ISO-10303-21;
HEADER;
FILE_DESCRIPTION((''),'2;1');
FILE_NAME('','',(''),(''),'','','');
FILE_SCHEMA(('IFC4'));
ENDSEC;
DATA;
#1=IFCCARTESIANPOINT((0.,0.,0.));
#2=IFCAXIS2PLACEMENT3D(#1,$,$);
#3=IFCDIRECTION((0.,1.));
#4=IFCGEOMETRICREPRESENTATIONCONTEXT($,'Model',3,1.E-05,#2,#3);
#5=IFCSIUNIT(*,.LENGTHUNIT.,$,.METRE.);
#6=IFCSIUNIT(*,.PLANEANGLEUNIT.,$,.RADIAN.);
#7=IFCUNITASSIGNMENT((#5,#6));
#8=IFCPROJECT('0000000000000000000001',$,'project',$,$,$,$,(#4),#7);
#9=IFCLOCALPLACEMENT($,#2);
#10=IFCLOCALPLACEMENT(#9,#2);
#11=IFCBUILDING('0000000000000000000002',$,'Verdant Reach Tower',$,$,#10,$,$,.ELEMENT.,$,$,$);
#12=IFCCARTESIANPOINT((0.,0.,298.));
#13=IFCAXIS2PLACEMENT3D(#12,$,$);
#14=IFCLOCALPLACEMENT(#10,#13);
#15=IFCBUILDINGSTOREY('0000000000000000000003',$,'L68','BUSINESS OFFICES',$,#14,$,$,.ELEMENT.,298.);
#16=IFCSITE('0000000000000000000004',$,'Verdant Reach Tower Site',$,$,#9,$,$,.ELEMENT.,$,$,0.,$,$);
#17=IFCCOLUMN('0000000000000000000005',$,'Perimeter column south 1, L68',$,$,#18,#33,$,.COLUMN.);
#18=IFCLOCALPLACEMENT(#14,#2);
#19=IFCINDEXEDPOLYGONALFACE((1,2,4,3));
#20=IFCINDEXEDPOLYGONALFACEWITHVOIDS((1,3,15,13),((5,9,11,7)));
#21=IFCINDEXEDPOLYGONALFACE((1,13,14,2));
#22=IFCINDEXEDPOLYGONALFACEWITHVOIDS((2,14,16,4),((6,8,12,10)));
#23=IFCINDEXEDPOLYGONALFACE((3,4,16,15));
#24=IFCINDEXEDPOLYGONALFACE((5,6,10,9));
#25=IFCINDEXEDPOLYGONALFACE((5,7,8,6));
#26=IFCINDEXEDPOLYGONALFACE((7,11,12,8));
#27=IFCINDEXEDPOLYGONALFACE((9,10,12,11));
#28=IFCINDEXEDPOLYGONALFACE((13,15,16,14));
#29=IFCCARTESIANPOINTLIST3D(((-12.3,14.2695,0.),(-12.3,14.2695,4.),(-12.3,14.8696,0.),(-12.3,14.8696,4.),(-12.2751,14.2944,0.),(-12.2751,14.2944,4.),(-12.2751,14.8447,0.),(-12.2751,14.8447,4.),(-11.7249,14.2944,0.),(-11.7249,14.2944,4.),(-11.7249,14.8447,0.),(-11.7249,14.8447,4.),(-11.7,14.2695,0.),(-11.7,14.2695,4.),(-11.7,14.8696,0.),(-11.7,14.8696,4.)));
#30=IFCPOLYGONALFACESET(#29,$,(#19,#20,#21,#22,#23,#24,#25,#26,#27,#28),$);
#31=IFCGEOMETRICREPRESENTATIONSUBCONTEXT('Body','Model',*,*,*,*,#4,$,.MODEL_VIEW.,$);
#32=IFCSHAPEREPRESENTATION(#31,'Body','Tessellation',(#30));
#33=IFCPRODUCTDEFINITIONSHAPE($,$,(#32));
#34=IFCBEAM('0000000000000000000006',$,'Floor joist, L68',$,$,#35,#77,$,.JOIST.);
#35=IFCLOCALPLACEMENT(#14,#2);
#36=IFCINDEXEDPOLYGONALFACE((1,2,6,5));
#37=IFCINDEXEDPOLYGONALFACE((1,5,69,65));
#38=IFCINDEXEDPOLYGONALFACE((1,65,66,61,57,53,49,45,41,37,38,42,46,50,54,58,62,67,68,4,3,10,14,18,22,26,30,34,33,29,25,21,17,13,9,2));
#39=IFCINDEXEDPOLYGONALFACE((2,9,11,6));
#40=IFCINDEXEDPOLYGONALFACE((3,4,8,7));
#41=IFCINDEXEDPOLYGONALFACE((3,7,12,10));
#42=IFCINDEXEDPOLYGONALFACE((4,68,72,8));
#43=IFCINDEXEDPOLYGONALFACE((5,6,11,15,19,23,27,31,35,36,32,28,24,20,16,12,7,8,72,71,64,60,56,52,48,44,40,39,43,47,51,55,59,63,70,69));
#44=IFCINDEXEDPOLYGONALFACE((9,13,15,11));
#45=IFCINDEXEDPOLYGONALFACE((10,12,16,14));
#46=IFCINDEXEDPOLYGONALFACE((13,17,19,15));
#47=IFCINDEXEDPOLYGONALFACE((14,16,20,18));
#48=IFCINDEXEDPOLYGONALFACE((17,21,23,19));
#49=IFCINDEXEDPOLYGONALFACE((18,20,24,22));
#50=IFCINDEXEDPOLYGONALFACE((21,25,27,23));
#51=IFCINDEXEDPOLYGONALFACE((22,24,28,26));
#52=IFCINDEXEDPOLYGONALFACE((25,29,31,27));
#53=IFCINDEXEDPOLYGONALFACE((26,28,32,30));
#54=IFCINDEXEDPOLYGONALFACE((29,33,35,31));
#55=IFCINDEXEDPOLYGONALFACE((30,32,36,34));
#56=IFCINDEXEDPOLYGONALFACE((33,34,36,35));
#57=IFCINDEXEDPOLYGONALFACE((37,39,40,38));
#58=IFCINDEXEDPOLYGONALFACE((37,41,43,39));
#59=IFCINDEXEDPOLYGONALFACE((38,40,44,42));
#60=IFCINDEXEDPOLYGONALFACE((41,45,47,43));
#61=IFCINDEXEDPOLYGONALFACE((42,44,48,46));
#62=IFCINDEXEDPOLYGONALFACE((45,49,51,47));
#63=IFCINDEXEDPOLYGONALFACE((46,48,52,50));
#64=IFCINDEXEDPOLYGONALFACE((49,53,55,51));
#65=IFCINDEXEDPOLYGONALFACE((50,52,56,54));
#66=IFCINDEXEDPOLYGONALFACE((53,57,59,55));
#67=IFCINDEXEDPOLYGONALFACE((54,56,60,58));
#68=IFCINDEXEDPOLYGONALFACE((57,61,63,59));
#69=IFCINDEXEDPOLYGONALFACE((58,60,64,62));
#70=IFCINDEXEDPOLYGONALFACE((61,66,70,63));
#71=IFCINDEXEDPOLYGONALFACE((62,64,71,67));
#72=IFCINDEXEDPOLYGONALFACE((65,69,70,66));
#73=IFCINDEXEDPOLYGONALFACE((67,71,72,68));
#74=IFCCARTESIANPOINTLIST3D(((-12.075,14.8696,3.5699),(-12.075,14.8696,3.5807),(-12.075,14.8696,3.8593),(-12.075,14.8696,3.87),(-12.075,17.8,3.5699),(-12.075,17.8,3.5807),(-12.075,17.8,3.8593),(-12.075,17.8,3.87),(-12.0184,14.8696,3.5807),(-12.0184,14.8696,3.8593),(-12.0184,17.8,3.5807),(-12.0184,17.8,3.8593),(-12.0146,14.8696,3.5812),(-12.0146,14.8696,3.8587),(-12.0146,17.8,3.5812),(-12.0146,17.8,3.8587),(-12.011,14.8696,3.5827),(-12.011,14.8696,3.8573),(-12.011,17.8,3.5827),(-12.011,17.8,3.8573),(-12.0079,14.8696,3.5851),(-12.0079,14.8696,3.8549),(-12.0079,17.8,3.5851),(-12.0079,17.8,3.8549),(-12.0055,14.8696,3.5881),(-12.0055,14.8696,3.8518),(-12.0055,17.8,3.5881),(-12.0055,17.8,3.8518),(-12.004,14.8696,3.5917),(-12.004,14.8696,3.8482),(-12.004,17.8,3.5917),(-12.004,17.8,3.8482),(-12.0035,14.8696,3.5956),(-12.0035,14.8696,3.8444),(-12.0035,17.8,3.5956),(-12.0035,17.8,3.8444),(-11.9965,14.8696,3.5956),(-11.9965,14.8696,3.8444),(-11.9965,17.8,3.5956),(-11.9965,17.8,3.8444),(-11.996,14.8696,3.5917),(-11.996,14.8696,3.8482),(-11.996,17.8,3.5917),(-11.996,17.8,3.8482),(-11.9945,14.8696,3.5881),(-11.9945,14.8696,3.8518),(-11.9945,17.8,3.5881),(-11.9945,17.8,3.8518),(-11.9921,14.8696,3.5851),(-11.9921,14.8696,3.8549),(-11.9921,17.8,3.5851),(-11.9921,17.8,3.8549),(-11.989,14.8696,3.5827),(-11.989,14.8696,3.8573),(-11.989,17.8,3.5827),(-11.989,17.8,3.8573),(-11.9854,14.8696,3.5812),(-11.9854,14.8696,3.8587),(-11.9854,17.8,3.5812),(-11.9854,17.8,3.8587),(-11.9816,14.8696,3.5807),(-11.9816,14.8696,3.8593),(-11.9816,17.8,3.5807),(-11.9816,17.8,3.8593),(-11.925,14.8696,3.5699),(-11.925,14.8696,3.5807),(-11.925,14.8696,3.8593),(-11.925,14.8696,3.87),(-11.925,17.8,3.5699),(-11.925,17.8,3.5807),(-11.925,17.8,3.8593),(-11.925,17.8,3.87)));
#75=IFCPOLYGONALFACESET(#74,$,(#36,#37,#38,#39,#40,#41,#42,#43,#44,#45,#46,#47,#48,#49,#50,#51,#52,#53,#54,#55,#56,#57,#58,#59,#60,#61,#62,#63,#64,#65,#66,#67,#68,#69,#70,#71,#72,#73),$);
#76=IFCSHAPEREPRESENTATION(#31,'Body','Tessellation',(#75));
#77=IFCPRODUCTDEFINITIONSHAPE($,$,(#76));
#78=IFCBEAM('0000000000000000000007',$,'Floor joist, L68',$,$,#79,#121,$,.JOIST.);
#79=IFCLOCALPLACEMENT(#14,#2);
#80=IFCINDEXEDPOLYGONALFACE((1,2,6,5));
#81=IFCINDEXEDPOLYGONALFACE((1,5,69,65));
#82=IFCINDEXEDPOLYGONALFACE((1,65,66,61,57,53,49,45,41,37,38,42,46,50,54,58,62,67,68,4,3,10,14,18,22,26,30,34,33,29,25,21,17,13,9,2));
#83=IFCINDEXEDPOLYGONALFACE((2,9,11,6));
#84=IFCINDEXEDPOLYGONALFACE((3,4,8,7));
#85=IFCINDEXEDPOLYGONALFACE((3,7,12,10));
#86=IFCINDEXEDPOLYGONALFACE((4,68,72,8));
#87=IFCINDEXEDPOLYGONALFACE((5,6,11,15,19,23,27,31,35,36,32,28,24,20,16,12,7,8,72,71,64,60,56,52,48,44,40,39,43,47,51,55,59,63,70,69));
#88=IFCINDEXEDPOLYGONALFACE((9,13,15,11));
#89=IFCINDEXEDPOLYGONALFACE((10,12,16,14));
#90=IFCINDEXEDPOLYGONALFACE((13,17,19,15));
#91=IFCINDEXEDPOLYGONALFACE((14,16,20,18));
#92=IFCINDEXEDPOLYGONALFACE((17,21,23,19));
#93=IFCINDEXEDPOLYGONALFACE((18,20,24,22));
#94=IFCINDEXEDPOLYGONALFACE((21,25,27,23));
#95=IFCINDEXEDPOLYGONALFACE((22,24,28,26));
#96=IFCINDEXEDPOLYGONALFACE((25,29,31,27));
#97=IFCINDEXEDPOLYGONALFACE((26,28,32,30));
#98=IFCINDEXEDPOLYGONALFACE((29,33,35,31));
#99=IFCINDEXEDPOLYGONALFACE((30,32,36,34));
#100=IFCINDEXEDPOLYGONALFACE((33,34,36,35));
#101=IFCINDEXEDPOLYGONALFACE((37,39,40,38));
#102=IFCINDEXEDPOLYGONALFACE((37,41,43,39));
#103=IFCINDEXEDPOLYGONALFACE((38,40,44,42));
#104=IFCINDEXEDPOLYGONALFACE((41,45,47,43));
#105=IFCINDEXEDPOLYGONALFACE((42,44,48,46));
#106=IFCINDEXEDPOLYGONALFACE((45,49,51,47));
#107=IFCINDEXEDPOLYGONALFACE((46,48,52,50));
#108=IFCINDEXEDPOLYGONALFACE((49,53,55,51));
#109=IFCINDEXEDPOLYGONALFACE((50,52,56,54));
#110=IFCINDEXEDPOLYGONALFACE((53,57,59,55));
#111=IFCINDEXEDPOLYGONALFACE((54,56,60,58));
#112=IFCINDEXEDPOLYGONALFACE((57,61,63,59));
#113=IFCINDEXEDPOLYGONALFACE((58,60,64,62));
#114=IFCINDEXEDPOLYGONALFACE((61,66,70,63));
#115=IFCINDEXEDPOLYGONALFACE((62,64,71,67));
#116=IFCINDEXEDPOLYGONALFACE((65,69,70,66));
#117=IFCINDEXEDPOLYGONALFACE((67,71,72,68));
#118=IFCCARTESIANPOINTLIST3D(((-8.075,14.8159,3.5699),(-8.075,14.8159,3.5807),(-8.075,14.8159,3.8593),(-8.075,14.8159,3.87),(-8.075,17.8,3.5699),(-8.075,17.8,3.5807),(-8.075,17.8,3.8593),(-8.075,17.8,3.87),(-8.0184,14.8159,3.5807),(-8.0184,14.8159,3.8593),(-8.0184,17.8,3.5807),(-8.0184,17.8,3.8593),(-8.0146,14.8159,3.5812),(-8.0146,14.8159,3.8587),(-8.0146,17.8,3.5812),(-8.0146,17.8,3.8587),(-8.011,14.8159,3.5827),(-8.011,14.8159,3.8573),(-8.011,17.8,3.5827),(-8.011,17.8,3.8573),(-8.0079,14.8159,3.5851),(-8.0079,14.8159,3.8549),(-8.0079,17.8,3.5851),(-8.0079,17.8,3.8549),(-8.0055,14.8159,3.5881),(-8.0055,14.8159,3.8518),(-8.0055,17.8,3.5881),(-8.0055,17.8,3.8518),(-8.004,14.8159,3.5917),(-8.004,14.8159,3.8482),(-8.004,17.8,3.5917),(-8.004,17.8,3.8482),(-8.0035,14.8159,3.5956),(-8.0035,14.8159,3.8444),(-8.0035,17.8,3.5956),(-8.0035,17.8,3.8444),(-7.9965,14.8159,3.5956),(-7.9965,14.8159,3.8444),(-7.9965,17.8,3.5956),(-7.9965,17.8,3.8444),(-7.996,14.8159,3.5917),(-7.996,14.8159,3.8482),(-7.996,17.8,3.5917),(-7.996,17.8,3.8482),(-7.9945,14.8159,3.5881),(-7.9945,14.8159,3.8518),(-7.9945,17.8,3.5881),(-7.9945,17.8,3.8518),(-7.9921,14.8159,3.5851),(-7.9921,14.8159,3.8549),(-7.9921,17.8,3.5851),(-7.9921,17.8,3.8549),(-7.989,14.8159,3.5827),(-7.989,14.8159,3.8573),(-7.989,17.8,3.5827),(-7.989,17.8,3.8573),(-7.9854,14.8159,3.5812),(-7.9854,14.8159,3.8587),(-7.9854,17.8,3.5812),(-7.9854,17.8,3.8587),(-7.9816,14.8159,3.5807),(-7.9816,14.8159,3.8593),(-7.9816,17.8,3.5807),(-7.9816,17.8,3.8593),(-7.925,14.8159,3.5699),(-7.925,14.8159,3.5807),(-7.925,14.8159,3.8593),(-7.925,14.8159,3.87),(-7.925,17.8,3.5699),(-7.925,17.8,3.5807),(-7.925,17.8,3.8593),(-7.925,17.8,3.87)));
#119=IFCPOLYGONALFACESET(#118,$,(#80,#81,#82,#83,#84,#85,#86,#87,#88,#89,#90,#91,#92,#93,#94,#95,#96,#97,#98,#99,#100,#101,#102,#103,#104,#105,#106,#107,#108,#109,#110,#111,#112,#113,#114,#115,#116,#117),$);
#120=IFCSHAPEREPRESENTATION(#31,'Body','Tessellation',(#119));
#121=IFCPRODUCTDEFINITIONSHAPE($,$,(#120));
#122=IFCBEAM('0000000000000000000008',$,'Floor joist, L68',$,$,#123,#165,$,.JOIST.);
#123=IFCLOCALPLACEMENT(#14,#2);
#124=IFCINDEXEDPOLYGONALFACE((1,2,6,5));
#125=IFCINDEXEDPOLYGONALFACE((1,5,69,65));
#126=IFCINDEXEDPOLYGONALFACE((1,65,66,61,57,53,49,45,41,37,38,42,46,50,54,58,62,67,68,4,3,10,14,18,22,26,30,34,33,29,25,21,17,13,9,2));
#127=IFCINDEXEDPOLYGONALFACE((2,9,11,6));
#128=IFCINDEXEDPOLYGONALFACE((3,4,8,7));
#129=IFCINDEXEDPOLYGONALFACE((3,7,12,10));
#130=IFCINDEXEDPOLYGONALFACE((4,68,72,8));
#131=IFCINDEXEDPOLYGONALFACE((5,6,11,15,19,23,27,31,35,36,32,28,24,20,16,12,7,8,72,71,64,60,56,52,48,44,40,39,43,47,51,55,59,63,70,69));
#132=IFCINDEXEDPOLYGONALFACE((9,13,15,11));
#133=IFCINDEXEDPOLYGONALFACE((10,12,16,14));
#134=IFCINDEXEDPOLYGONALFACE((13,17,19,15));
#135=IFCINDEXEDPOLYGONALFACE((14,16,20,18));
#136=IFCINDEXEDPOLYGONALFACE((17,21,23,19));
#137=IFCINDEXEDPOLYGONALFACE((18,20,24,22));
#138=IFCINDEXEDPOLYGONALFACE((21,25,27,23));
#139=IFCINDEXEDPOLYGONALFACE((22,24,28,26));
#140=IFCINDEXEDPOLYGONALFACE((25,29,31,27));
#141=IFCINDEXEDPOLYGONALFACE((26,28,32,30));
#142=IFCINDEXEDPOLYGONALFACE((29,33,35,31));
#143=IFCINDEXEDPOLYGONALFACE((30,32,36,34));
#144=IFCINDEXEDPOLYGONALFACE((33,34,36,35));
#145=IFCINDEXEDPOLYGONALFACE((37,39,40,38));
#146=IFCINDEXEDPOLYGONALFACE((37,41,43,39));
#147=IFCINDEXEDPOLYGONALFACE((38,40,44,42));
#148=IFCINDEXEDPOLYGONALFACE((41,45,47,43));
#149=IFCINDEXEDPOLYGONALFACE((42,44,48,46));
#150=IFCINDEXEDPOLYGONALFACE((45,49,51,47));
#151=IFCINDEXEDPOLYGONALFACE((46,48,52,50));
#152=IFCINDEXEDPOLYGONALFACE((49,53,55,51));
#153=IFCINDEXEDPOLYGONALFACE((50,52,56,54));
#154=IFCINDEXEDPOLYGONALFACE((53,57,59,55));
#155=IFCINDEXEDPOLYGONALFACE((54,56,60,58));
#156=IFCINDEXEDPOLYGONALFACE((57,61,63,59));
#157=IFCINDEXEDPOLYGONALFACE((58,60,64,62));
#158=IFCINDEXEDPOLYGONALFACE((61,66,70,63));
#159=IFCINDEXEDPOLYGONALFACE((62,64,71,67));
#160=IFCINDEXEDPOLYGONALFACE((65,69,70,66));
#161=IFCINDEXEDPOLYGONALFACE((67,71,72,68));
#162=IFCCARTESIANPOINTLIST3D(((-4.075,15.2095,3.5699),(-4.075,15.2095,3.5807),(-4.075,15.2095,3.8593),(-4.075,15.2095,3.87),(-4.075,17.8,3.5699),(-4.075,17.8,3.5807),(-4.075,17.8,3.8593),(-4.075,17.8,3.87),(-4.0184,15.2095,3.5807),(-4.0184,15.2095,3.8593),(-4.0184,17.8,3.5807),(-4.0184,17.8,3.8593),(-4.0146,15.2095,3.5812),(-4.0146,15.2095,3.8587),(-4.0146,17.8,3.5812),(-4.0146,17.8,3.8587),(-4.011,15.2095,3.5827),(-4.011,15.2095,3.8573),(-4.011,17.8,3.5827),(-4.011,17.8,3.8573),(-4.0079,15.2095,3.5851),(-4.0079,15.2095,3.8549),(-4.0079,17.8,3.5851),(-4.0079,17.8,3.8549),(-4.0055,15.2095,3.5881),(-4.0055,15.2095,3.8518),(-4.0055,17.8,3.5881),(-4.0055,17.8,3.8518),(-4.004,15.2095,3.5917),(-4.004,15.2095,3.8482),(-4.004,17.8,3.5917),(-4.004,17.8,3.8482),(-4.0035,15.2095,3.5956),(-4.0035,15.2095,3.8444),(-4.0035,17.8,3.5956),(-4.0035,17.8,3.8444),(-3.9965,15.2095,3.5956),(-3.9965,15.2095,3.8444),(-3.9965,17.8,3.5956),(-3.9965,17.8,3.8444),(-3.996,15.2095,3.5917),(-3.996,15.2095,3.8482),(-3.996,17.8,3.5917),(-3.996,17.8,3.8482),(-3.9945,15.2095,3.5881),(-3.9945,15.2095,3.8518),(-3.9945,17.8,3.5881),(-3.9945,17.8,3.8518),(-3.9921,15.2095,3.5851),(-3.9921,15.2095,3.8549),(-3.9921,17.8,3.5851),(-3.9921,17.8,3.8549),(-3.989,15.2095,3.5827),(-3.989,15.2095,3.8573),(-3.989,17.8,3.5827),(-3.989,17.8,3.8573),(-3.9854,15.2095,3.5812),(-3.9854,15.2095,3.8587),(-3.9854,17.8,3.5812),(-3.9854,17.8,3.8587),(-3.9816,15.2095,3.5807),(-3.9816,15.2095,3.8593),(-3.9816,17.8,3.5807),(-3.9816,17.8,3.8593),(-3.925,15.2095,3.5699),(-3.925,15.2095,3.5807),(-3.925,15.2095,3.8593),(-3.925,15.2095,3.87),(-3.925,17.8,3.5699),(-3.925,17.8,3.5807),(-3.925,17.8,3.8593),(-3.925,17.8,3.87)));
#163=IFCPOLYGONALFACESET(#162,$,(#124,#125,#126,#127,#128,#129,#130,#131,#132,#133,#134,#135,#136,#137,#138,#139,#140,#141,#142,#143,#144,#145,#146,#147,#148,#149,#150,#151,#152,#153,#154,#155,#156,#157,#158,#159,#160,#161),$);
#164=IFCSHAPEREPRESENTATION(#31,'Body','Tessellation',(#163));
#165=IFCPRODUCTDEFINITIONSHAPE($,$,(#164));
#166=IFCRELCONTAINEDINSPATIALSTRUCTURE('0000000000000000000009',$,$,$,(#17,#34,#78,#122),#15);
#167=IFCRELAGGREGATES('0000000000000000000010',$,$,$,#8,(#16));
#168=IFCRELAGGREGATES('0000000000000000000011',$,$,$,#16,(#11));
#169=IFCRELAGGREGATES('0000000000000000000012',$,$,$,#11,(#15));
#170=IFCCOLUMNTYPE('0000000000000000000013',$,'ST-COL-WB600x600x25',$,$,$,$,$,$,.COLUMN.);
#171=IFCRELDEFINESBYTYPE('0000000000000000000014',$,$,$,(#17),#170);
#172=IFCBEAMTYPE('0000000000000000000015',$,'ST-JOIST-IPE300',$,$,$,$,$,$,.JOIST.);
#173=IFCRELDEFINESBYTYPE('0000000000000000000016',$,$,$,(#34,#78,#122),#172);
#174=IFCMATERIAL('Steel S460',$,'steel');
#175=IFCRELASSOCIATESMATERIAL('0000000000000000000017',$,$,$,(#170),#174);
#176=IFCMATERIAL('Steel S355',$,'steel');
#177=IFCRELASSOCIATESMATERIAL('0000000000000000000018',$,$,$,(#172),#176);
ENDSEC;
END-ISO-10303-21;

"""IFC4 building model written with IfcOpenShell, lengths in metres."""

from ifc_helpers import new_model, si_unit, direction, frame, origin, origin_2d, place, context, subcontext, project, spatial, hollow_rectangle, i_section, extrude, material, material_profile, profile_set, type_object, element, save


model = new_model("IFC4")

# Units and contexts
model_context = context("Model", 3, precision=1e-05, world=origin(), true_north=direction((0.0, 1.0)))
body_context = subcontext(model_context, "Body", "Model", "MODEL_VIEW")
ifc_project = project(units=[si_unit("LENGTHUNIT", "METRE"), si_unit("PLANEANGLEUNIT", "RADIAN")], contexts=[model_context])

# Site, building, storey
site_placement = place(None, origin())
site = spatial("IfcSite", under=ifc_project, at=site_placement, Name="Verdant Reach Tower Site", CompositionType="ELEMENT", RefElevation=0.0)
building_placement = place(site_placement, origin())
building = spatial("IfcBuilding", under=site, at=building_placement, Name="Verdant Reach Tower", CompositionType="ELEMENT")
storey_placement = place(building_placement, frame((0.0, 0.0, 298.0)))
storey = spatial("IfcBuildingStorey", under=building, at=storey_placement, Name="L68", Description="BUSINESS OFFICES", CompositionType="ELEMENT", Elevation=298.0)

# Column
ifc_material_1 = material(Name="Steel S460", Category="steel")
ifc_material_profile_1 = material_profile(ifc_material_1, hollow_rectangle(XDim=0.6001, YDim=0.6001, WallThickness=0.0249, at=origin_2d()), Name="WB 600x600x25")
ifc_profile_set_1 = profile_set([ifc_material_profile_1], Name="Steel S460")
column_type = type_object("IfcColumnType", Name="ST-COL-WB600x600x25", PredefinedType="COLUMN", material=ifc_profile_set_1)
column_placement = place(storey_placement, frame((-12.0, 14.5696, 0.0), z_axis=(0.0, 0.0, 1.0), x_axis=(1.0, 0.0, 0.0)))
element("IfcColumn", 1, at=column_placement, inside=storey, type_object=column_type, Name="Perimeter column south 1, L68", PredefinedType="COLUMN", context=body_context, shape_type="SweptSolid", body=[
    extrude(hollow_rectangle(XDim=0.6001, YDim=0.6001, WallThickness=0.0249, at=origin_2d()), origin(), (0.0, 0.0, 1.0), 4.0),
])

# Beams
ifc_material_2 = material(Name="Steel S355", Category="steel")
ifc_material_profile_2 = material_profile(ifc_material_2, i_section(OverallWidth=0.1499, OverallDepth=0.3, WebThickness=0.0071, FlangeThickness=0.0107, FilletRadius=0.0149, at=origin_2d()), Name="IPE 300")
ifc_profile_set_2 = profile_set([ifc_material_profile_2], Name="Steel S355")
beam_type_1 = type_object("IfcBeamType", Name="ST-JOIST-IPE300", PredefinedType="JOIST", material=ifc_profile_set_2)
beam_1_placement = place(storey_placement, frame((-12.0, 17.8, 3.72), z_axis=(0.0, -1.0, 0.0), x_axis=(1.0, 0.0, 0.0)))
element("IfcBeam", 2, at=beam_1_placement, inside=storey, type_object=beam_type_1, Name="Floor joist, L68", PredefinedType="JOIST", context=body_context, shape_type="SweptSolid", body=[
    extrude(i_section(OverallWidth=0.1499, OverallDepth=0.3, WebThickness=0.0071, FlangeThickness=0.0107, FilletRadius=0.0149, at=origin_2d()), origin(), (0.0, 0.0, 1.0), 2.9304),
])
beam_2_placement = place(storey_placement, frame((-8.0, 17.8, 3.72), z_axis=(0.0, -1.0, 0.0), x_axis=(1.0, 0.0, 0.0)))
element("IfcBeam", 3, at=beam_2_placement, inside=storey, type_object=beam_type_1, Name="Floor joist, L68", PredefinedType="JOIST", context=body_context, shape_type="SweptSolid", body=[
    extrude(i_section(OverallWidth=0.1499, OverallDepth=0.3, WebThickness=0.0071, FlangeThickness=0.0107, FilletRadius=0.0149, at=origin_2d()), origin(), (0.0, 0.0, 1.0), 2.9841),
])
beam_3_placement = place(storey_placement, frame((-4.0, 17.8, 3.72), z_axis=(0.0, -1.0, 0.0), x_axis=(1.0, 0.0, 0.0)))
element("IfcBeam", 4, at=beam_3_placement, inside=storey, type_object=beam_type_1, Name="Floor joist, L68", PredefinedType="JOIST", context=body_context, shape_type="SweptSolid", body=[
    extrude(i_section(OverallWidth=0.1499, OverallDepth=0.3, WebThickness=0.0071, FlangeThickness=0.0107, FilletRadius=0.0149, at=origin_2d()), origin(), (0.0, 0.0, 1.0), 2.5906),
])

save(model, "model.ifc")
